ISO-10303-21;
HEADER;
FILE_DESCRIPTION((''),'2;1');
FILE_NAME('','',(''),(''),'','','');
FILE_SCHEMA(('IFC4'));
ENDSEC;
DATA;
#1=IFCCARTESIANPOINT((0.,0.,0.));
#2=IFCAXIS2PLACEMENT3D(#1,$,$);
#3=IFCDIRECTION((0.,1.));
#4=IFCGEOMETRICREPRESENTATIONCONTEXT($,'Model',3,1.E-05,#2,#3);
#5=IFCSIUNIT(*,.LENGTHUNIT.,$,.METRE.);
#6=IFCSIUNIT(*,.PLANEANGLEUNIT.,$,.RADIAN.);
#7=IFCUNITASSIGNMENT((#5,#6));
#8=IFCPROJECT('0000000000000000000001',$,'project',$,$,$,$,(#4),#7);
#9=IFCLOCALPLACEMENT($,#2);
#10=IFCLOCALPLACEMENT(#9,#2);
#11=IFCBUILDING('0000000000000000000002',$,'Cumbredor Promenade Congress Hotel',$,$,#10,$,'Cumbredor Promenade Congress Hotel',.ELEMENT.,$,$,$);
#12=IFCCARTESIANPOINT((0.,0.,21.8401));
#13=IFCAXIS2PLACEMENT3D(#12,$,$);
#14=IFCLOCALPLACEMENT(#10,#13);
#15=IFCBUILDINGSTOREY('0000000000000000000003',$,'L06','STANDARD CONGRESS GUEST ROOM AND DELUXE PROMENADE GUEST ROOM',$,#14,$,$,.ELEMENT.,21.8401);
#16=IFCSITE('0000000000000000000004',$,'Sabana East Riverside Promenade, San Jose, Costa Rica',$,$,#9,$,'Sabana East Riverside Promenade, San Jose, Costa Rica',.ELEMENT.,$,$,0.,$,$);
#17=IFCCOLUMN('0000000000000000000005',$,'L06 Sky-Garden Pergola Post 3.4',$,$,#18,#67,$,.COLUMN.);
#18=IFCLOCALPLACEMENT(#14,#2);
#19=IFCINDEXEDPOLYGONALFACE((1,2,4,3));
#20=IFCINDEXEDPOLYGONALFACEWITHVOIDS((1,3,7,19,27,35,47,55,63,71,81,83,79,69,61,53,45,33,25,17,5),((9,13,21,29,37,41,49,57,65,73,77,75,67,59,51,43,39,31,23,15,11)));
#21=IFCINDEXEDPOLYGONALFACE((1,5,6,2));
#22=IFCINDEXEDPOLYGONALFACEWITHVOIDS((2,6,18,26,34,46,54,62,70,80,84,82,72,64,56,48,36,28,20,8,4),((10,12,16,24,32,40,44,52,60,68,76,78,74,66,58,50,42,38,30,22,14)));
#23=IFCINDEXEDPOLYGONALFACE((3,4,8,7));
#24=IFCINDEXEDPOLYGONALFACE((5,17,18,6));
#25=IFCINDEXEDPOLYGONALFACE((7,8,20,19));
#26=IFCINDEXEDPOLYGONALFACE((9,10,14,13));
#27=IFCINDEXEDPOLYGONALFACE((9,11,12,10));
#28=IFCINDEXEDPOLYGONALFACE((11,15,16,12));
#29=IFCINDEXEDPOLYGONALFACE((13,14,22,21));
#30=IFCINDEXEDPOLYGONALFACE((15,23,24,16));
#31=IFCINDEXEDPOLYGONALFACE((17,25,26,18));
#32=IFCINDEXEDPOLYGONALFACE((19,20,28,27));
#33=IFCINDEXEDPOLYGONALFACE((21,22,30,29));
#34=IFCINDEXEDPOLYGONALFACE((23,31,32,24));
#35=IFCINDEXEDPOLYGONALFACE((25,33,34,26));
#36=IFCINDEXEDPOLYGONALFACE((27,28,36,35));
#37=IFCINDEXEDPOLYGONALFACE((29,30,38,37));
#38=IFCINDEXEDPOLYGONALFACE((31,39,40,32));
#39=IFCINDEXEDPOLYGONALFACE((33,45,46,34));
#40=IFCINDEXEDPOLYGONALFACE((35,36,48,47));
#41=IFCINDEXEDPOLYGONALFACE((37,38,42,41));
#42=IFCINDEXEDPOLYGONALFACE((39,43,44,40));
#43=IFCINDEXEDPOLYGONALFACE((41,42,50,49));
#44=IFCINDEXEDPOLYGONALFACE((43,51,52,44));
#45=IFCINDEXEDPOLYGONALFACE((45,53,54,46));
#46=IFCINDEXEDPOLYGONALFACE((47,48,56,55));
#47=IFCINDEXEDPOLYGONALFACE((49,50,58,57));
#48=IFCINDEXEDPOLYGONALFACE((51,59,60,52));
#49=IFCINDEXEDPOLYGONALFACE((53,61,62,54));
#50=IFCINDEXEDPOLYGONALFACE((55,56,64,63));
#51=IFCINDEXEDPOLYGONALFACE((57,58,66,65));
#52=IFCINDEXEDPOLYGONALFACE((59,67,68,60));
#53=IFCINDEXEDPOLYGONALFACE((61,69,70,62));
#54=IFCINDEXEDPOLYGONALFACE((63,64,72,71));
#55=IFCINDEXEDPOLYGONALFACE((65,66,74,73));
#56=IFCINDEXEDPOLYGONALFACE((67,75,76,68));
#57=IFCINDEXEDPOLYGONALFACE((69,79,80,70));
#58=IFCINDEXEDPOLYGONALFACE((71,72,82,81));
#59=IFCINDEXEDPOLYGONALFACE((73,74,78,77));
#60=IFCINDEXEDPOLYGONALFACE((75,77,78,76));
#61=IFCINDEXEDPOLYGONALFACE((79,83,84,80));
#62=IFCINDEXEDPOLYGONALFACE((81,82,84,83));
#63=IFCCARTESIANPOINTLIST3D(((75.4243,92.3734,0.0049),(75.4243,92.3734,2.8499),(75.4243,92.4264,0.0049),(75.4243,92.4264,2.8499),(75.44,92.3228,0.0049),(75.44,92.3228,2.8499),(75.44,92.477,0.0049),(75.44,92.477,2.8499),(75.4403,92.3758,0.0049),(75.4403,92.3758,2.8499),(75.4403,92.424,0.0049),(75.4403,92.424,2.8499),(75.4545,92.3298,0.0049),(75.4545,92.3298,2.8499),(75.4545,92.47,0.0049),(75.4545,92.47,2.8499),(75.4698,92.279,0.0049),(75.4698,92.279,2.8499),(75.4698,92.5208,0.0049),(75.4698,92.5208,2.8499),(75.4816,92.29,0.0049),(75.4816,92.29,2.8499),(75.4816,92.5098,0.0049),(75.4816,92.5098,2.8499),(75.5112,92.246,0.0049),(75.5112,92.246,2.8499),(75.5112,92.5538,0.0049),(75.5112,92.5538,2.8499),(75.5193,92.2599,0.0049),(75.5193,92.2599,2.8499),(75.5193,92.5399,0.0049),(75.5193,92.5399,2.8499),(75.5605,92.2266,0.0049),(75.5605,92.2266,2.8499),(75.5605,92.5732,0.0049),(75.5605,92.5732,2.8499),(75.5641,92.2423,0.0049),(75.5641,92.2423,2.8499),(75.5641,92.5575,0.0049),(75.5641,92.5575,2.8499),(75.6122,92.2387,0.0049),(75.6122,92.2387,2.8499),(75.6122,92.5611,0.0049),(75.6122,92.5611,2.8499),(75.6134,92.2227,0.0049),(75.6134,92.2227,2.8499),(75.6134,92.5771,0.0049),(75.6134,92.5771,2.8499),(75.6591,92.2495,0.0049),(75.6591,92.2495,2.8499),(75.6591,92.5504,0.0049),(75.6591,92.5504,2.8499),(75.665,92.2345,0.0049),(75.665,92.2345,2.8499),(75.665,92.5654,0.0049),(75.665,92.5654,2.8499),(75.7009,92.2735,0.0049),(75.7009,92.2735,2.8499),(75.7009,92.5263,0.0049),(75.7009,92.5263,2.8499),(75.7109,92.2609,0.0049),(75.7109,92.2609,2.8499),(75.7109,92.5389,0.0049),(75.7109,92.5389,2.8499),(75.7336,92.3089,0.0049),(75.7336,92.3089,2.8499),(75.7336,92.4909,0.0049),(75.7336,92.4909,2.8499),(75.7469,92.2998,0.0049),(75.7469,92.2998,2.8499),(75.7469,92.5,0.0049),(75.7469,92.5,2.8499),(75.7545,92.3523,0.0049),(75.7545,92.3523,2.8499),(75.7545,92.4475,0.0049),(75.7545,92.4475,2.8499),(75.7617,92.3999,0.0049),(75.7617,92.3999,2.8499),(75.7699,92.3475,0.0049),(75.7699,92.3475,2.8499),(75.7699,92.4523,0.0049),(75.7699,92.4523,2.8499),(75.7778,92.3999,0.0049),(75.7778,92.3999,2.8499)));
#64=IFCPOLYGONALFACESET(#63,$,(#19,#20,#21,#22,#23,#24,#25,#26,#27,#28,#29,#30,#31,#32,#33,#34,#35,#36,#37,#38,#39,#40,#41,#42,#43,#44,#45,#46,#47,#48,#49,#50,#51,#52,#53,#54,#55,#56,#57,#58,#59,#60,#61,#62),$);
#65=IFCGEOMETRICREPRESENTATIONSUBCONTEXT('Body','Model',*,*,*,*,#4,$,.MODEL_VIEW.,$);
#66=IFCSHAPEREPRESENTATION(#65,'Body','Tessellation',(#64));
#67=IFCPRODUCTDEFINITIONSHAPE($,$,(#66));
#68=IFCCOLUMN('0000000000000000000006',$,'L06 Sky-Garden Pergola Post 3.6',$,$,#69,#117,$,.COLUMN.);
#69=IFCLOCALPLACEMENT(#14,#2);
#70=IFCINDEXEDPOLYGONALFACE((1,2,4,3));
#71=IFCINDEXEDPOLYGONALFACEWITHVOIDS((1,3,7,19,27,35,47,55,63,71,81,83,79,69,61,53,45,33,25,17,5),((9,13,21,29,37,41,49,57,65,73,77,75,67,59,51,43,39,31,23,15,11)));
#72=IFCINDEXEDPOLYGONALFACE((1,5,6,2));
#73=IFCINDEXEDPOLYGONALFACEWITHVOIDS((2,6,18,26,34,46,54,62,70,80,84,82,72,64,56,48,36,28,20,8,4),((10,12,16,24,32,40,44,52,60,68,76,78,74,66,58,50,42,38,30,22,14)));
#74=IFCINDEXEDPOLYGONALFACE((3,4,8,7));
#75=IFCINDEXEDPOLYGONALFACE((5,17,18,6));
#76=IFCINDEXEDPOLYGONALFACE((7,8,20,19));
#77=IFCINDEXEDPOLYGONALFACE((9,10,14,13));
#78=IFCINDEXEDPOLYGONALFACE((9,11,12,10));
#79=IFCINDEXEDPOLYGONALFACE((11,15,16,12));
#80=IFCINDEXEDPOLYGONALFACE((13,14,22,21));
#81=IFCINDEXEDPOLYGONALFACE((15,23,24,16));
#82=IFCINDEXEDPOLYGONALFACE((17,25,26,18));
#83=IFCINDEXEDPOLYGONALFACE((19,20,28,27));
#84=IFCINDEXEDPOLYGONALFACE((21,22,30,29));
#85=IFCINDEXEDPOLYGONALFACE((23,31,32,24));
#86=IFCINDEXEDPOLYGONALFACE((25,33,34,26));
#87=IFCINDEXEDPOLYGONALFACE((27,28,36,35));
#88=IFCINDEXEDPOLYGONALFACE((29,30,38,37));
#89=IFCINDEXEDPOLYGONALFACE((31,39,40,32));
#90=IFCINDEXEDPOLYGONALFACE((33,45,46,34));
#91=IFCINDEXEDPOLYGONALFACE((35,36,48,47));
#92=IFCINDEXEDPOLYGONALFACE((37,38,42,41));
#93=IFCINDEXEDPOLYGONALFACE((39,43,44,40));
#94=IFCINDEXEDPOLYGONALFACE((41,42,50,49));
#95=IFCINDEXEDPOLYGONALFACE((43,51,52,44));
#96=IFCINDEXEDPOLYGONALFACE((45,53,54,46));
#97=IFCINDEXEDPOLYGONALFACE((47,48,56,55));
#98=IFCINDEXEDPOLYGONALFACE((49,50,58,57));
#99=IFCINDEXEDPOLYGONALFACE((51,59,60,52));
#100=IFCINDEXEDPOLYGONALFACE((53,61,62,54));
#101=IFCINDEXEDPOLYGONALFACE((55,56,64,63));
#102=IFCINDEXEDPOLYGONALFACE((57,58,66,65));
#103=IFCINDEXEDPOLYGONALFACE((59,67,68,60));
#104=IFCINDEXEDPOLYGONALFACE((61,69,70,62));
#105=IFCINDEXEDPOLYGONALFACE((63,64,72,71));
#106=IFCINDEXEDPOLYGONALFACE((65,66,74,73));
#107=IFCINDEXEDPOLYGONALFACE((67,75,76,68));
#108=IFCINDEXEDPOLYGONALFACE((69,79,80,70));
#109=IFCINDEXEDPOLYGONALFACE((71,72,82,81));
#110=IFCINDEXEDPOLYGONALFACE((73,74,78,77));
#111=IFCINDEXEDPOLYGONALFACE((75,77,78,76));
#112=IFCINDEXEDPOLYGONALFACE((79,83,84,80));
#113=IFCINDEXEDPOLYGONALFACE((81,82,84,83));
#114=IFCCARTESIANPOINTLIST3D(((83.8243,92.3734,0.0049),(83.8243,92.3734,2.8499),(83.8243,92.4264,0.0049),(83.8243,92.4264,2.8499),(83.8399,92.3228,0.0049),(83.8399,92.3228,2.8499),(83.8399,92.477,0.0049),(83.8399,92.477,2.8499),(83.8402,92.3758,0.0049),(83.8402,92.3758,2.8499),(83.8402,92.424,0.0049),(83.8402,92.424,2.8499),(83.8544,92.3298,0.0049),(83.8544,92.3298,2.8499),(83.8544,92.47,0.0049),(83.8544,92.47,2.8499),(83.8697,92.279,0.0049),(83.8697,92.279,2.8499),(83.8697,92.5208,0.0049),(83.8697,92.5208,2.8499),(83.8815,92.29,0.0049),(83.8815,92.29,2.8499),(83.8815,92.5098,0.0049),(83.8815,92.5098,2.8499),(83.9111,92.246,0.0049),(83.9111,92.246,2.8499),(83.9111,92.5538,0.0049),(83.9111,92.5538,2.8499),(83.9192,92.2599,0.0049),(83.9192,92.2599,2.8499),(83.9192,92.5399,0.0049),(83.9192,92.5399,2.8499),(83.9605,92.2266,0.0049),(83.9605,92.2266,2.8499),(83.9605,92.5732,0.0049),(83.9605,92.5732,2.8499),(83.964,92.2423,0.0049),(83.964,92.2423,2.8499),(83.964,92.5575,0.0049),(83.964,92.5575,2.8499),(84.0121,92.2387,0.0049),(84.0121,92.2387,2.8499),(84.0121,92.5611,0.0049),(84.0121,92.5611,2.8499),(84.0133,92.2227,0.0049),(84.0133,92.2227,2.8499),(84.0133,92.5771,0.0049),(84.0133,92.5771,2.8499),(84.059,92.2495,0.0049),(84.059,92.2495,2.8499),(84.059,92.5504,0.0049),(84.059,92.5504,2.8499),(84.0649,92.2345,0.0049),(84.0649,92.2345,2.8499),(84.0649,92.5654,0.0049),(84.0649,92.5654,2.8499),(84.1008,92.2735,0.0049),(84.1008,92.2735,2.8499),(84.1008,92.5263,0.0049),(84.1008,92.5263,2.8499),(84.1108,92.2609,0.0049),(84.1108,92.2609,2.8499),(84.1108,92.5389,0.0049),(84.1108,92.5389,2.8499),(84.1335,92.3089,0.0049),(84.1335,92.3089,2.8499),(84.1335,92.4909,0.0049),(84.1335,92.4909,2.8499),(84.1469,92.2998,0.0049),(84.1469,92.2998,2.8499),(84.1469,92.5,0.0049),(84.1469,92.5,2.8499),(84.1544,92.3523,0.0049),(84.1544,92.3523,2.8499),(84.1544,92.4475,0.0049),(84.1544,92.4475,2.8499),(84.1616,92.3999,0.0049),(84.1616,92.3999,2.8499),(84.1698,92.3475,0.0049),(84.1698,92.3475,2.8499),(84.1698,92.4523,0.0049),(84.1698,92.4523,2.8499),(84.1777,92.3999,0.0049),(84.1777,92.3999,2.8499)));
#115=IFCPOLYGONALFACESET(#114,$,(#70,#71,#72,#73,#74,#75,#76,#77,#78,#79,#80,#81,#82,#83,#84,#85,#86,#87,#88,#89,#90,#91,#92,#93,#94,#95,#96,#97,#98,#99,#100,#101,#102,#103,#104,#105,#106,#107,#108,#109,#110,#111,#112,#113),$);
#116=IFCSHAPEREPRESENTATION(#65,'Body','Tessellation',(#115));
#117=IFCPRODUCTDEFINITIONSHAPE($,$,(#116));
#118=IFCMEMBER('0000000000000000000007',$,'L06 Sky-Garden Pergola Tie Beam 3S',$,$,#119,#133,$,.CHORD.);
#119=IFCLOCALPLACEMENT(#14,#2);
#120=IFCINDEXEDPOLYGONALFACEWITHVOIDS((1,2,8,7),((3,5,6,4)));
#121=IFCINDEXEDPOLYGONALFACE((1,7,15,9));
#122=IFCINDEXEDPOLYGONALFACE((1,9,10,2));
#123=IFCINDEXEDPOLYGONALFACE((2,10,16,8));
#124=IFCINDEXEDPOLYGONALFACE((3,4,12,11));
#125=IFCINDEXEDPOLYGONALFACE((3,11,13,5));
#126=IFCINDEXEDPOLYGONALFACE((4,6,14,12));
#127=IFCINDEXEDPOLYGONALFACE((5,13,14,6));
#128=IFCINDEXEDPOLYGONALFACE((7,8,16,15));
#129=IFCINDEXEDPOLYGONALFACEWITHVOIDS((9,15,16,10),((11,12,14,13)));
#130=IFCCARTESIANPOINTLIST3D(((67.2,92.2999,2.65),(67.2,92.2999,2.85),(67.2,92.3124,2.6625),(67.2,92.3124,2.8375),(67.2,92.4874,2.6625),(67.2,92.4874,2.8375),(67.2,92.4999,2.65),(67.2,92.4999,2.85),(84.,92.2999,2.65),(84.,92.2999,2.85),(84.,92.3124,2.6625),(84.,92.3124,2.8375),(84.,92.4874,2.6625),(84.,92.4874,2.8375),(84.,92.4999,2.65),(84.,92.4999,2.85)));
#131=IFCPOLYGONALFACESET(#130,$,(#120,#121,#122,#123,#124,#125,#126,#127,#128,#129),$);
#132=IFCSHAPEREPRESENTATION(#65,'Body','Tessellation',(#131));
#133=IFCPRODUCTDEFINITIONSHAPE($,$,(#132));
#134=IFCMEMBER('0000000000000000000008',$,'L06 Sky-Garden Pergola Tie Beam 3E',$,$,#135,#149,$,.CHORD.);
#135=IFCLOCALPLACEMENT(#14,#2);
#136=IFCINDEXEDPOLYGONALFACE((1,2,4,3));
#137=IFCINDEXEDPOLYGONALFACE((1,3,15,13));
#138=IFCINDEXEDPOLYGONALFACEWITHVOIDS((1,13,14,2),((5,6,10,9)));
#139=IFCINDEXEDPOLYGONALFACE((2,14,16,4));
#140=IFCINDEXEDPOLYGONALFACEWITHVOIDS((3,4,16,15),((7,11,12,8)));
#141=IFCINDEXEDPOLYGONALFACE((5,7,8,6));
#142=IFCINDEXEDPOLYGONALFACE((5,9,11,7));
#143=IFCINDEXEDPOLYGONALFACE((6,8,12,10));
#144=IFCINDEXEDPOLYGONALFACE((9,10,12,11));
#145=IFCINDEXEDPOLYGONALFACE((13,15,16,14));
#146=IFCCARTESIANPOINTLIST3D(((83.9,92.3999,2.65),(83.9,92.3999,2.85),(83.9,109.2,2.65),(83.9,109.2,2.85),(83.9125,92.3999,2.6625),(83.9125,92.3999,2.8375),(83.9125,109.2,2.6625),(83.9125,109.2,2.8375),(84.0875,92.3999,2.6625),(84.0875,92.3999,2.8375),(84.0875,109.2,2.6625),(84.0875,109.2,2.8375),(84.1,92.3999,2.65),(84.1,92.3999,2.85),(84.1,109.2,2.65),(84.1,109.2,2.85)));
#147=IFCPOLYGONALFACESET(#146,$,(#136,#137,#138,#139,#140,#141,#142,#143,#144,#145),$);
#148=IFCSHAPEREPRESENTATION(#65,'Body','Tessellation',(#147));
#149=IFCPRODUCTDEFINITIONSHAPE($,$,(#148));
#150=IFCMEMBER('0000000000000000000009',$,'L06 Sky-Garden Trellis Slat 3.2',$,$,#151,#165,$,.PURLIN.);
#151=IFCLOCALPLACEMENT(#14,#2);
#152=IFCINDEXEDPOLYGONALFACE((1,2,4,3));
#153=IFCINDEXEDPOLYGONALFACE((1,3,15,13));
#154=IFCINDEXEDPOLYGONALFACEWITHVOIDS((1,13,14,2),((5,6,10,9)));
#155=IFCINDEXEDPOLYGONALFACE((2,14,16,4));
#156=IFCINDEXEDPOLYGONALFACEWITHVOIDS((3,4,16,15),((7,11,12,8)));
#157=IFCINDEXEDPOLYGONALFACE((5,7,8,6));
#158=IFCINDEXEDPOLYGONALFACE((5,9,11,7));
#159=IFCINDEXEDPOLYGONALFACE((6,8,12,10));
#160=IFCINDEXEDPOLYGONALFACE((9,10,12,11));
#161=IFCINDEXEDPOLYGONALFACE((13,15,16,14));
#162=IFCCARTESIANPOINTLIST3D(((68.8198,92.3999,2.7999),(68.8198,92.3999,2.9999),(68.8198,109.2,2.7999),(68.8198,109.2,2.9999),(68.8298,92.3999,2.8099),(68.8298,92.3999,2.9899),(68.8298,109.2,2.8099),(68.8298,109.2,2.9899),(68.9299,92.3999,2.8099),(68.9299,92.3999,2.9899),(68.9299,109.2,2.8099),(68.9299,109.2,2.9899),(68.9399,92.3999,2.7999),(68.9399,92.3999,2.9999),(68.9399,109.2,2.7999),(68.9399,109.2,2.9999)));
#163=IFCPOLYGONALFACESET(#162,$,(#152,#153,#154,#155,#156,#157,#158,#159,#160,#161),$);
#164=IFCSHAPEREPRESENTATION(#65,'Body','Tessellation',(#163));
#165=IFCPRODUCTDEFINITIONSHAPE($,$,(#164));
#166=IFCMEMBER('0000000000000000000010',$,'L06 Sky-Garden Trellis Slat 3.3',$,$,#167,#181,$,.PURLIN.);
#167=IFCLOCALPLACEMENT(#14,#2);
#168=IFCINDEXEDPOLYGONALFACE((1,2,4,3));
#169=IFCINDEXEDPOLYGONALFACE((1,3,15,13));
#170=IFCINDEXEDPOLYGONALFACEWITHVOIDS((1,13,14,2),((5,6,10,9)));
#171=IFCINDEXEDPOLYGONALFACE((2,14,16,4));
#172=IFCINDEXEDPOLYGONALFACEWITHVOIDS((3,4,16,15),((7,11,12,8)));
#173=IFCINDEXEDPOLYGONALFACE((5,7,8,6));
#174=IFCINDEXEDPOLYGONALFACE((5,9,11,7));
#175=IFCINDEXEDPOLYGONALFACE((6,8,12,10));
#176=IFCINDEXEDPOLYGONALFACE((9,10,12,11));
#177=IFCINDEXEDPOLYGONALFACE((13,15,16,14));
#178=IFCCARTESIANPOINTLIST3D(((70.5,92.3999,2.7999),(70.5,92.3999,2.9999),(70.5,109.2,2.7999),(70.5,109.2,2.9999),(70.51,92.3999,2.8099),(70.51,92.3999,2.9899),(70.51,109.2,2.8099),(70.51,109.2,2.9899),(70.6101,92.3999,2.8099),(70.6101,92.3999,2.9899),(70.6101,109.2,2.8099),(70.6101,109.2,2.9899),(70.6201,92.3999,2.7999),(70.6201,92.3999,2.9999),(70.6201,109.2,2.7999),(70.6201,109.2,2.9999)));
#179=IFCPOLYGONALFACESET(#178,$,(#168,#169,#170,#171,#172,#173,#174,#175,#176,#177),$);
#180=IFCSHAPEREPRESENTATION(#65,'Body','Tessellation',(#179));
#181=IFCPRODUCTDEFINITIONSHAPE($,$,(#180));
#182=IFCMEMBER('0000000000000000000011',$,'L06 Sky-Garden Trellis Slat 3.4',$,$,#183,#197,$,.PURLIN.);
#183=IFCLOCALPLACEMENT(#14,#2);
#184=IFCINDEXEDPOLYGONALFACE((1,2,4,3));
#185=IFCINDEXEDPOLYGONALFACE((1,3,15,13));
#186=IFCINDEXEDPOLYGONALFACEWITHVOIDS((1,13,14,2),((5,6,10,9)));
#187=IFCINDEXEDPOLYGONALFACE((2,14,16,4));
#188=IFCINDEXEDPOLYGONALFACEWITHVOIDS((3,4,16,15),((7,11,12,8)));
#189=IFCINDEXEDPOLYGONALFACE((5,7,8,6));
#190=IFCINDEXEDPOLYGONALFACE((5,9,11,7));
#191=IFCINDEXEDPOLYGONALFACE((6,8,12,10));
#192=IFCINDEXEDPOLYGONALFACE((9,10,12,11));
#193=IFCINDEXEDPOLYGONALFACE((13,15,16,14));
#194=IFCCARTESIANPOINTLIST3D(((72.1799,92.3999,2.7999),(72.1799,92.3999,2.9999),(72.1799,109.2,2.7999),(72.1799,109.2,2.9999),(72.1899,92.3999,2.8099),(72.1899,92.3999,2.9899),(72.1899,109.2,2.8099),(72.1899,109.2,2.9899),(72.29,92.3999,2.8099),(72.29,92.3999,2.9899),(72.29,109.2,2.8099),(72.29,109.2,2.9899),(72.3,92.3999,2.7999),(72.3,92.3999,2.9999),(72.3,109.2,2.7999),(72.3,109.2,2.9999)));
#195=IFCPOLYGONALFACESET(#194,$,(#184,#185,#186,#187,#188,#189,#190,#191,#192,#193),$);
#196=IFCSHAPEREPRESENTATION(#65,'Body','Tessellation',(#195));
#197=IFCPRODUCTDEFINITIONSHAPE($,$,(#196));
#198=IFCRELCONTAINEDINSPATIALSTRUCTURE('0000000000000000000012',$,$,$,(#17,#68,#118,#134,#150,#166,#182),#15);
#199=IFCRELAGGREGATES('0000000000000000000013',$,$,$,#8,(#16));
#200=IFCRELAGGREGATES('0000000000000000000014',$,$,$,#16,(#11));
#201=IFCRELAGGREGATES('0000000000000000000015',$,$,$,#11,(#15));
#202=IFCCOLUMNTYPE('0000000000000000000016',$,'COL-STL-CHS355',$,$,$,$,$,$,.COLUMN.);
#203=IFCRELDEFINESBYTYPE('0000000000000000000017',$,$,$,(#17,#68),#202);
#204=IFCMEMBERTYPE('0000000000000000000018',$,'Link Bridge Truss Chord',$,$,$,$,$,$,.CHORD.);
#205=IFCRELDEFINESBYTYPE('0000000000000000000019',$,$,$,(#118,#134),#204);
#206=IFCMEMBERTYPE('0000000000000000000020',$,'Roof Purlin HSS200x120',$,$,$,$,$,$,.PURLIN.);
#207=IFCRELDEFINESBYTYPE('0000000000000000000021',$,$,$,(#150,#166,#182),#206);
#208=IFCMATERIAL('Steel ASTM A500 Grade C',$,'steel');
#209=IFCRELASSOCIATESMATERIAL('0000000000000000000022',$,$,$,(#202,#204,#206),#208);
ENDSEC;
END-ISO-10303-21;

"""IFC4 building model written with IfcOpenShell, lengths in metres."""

from ifc_helpers import new_model, si_unit, direction, frame, origin, origin_2d, place, context, subcontext, project, spatial, hollow_rectangle, hollow_circle, extrude, material, material_profile, profile_set, type_object, element, save


model = new_model("IFC4")

# Units and contexts
model_context = context("Model", 3, precision=1e-05, world=origin(), true_north=direction((0.0, 1.0)))
body_context = subcontext(model_context, "Body", "Model", "MODEL_VIEW")
ifc_project = project(units=[si_unit("LENGTHUNIT", "METRE"), si_unit("PLANEANGLEUNIT", "RADIAN")], contexts=[model_context])

# Site, building, storey
site_placement = place(None, origin())
site = spatial("IfcSite", under=ifc_project, at=site_placement, Name="Sabana East Riverside Promenade, San Jose, Costa Rica", LongName="Sabana East Riverside Promenade, San Jose, Costa Rica", CompositionType="ELEMENT", RefElevation=0.0)
building_placement = place(site_placement, origin())
building = spatial("IfcBuilding", under=site, at=building_placement, Name="Cumbredor Promenade Congress Hotel", LongName="Cumbredor Promenade Congress Hotel", CompositionType="ELEMENT")
storey_placement = place(building_placement, frame((0.0, 0.0, 21.8401)))
storey = spatial("IfcBuildingStorey", under=building, at=storey_placement, Name="L06", Description="STANDARD CONGRESS GUEST ROOM AND DELUXE PROMENADE GUEST ROOM", CompositionType="ELEMENT", Elevation=21.8401)

# Columns
ifc_material_1 = material(Name="Steel ASTM A500 Grade C", Category="steel")
ifc_material_profile_1 = material_profile(ifc_material_1, hollow_circle(Radius=0.1777, WallThickness=0.0161, at=origin_2d()), Name="CHS 355.6x16")
ifc_profile_set_1 = profile_set([ifc_material_profile_1], Name="Steel ASTM A500 Grade C")
column_type = type_object("IfcColumnType", Name="COL-STL-CHS355", PredefinedType="COLUMN", material=ifc_profile_set_1)
for number, where, z_axis, x_axis, name in (
    (1, (75.6001, 92.3999, 0.0049), (0.0, 0.0, 1.0), (1.0, 0.0, 0.0), "L06 Sky-Garden Pergola Post 3.4"),
    (2, (84.0, 92.3999, 0.0049), (0.0, 0.0, 1.0), (1.0, 0.0, 0.0), "L06 Sky-Garden Pergola Post 3.6"),
):
    element("IfcColumn", number, at=place(storey_placement, frame(where, z_axis=z_axis, x_axis=x_axis)), inside=storey, type_object=column_type, Name=name, PredefinedType="COLUMN", context=body_context, shape_type="SweptSolid", body=[
        extrude(hollow_circle(Radius=0.1777, WallThickness=0.0161, at=origin_2d()), origin(), (0.0, 0.0, 1.0), 2.845),
    ])

# Members
ifc_material_profile_2 = material_profile(ifc_material_1, hollow_rectangle(XDim=0.2, YDim=0.2, WallThickness=0.0125, at=origin_2d()), Name="HSS 200x200x12.5")
ifc_profile_set_2 = profile_set([ifc_material_profile_2], Name="Steel ASTM A500 Grade C")
member_type_1 = type_object("IfcMemberType", Name="Link Bridge Truss Chord", PredefinedType="CHORD", material=ifc_profile_set_2)
for number, where, z_axis, x_axis, name in (
    (3, (67.2, 92.3999, 2.75), (1.0, 0.0, 0.0), (0.0, 1.0, 0.0), "L06 Sky-Garden Pergola Tie Beam 3S"),
    (4, (84.0, 92.3999, 2.75), (0.0, 1.0, 0.0), (-1.0, 0.0, 0.0), "L06 Sky-Garden Pergola Tie Beam 3E"),
):
    element("IfcMember", number, at=place(storey_placement, frame(where, z_axis=z_axis, x_axis=x_axis)), inside=storey, type_object=member_type_1, Name=name, PredefinedType="CHORD", context=body_context, shape_type="SweptSolid", body=[
        extrude(hollow_rectangle(XDim=0.2, YDim=0.2, WallThickness=0.0125, at=origin_2d()), origin(), (0.0, 0.0, 1.0), 16.8),
    ])
ifc_material_profile_3 = material_profile(ifc_material_1, hollow_rectangle(XDim=0.1201, YDim=0.2, WallThickness=0.01, at=origin_2d()), Name="HSS 200x120x10")
ifc_profile_set_3 = profile_set([ifc_material_profile_3], Name="Steel ASTM A500 Grade C")
member_type_2 = type_object("IfcMemberType", Name="Roof Purlin HSS200x120", PredefinedType="PURLIN", material=ifc_profile_set_3)
for number, where, z_axis, x_axis, name in (
    (5, (68.8799, 92.3999, 2.8999), (0.0, 1.0, 0.0), (-1.0, 0.0, 0.0), "L06 Sky-Garden Trellis Slat 3.2"),
    (6, (70.5601, 92.3999, 2.8999), (0.0, 1.0, 0.0), (-1.0, 0.0, 0.0), "L06 Sky-Garden Trellis Slat 3.3"),
    (7, (72.24, 92.3999, 2.8999), (0.0, 1.0, 0.0), (-1.0, 0.0, 0.0), "L06 Sky-Garden Trellis Slat 3.4"),
):
    element("IfcMember", number, at=place(storey_placement, frame(where, z_axis=z_axis, x_axis=x_axis)), inside=storey, type_object=member_type_2, Name=name, PredefinedType="PURLIN", context=body_context, shape_type="SweptSolid", body=[
        extrude(hollow_rectangle(XDim=0.1201, YDim=0.2, WallThickness=0.01, at=origin_2d()), origin(), (0.0, 0.0, 1.0), 16.8),
    ])

save(model, "model.ifc")
